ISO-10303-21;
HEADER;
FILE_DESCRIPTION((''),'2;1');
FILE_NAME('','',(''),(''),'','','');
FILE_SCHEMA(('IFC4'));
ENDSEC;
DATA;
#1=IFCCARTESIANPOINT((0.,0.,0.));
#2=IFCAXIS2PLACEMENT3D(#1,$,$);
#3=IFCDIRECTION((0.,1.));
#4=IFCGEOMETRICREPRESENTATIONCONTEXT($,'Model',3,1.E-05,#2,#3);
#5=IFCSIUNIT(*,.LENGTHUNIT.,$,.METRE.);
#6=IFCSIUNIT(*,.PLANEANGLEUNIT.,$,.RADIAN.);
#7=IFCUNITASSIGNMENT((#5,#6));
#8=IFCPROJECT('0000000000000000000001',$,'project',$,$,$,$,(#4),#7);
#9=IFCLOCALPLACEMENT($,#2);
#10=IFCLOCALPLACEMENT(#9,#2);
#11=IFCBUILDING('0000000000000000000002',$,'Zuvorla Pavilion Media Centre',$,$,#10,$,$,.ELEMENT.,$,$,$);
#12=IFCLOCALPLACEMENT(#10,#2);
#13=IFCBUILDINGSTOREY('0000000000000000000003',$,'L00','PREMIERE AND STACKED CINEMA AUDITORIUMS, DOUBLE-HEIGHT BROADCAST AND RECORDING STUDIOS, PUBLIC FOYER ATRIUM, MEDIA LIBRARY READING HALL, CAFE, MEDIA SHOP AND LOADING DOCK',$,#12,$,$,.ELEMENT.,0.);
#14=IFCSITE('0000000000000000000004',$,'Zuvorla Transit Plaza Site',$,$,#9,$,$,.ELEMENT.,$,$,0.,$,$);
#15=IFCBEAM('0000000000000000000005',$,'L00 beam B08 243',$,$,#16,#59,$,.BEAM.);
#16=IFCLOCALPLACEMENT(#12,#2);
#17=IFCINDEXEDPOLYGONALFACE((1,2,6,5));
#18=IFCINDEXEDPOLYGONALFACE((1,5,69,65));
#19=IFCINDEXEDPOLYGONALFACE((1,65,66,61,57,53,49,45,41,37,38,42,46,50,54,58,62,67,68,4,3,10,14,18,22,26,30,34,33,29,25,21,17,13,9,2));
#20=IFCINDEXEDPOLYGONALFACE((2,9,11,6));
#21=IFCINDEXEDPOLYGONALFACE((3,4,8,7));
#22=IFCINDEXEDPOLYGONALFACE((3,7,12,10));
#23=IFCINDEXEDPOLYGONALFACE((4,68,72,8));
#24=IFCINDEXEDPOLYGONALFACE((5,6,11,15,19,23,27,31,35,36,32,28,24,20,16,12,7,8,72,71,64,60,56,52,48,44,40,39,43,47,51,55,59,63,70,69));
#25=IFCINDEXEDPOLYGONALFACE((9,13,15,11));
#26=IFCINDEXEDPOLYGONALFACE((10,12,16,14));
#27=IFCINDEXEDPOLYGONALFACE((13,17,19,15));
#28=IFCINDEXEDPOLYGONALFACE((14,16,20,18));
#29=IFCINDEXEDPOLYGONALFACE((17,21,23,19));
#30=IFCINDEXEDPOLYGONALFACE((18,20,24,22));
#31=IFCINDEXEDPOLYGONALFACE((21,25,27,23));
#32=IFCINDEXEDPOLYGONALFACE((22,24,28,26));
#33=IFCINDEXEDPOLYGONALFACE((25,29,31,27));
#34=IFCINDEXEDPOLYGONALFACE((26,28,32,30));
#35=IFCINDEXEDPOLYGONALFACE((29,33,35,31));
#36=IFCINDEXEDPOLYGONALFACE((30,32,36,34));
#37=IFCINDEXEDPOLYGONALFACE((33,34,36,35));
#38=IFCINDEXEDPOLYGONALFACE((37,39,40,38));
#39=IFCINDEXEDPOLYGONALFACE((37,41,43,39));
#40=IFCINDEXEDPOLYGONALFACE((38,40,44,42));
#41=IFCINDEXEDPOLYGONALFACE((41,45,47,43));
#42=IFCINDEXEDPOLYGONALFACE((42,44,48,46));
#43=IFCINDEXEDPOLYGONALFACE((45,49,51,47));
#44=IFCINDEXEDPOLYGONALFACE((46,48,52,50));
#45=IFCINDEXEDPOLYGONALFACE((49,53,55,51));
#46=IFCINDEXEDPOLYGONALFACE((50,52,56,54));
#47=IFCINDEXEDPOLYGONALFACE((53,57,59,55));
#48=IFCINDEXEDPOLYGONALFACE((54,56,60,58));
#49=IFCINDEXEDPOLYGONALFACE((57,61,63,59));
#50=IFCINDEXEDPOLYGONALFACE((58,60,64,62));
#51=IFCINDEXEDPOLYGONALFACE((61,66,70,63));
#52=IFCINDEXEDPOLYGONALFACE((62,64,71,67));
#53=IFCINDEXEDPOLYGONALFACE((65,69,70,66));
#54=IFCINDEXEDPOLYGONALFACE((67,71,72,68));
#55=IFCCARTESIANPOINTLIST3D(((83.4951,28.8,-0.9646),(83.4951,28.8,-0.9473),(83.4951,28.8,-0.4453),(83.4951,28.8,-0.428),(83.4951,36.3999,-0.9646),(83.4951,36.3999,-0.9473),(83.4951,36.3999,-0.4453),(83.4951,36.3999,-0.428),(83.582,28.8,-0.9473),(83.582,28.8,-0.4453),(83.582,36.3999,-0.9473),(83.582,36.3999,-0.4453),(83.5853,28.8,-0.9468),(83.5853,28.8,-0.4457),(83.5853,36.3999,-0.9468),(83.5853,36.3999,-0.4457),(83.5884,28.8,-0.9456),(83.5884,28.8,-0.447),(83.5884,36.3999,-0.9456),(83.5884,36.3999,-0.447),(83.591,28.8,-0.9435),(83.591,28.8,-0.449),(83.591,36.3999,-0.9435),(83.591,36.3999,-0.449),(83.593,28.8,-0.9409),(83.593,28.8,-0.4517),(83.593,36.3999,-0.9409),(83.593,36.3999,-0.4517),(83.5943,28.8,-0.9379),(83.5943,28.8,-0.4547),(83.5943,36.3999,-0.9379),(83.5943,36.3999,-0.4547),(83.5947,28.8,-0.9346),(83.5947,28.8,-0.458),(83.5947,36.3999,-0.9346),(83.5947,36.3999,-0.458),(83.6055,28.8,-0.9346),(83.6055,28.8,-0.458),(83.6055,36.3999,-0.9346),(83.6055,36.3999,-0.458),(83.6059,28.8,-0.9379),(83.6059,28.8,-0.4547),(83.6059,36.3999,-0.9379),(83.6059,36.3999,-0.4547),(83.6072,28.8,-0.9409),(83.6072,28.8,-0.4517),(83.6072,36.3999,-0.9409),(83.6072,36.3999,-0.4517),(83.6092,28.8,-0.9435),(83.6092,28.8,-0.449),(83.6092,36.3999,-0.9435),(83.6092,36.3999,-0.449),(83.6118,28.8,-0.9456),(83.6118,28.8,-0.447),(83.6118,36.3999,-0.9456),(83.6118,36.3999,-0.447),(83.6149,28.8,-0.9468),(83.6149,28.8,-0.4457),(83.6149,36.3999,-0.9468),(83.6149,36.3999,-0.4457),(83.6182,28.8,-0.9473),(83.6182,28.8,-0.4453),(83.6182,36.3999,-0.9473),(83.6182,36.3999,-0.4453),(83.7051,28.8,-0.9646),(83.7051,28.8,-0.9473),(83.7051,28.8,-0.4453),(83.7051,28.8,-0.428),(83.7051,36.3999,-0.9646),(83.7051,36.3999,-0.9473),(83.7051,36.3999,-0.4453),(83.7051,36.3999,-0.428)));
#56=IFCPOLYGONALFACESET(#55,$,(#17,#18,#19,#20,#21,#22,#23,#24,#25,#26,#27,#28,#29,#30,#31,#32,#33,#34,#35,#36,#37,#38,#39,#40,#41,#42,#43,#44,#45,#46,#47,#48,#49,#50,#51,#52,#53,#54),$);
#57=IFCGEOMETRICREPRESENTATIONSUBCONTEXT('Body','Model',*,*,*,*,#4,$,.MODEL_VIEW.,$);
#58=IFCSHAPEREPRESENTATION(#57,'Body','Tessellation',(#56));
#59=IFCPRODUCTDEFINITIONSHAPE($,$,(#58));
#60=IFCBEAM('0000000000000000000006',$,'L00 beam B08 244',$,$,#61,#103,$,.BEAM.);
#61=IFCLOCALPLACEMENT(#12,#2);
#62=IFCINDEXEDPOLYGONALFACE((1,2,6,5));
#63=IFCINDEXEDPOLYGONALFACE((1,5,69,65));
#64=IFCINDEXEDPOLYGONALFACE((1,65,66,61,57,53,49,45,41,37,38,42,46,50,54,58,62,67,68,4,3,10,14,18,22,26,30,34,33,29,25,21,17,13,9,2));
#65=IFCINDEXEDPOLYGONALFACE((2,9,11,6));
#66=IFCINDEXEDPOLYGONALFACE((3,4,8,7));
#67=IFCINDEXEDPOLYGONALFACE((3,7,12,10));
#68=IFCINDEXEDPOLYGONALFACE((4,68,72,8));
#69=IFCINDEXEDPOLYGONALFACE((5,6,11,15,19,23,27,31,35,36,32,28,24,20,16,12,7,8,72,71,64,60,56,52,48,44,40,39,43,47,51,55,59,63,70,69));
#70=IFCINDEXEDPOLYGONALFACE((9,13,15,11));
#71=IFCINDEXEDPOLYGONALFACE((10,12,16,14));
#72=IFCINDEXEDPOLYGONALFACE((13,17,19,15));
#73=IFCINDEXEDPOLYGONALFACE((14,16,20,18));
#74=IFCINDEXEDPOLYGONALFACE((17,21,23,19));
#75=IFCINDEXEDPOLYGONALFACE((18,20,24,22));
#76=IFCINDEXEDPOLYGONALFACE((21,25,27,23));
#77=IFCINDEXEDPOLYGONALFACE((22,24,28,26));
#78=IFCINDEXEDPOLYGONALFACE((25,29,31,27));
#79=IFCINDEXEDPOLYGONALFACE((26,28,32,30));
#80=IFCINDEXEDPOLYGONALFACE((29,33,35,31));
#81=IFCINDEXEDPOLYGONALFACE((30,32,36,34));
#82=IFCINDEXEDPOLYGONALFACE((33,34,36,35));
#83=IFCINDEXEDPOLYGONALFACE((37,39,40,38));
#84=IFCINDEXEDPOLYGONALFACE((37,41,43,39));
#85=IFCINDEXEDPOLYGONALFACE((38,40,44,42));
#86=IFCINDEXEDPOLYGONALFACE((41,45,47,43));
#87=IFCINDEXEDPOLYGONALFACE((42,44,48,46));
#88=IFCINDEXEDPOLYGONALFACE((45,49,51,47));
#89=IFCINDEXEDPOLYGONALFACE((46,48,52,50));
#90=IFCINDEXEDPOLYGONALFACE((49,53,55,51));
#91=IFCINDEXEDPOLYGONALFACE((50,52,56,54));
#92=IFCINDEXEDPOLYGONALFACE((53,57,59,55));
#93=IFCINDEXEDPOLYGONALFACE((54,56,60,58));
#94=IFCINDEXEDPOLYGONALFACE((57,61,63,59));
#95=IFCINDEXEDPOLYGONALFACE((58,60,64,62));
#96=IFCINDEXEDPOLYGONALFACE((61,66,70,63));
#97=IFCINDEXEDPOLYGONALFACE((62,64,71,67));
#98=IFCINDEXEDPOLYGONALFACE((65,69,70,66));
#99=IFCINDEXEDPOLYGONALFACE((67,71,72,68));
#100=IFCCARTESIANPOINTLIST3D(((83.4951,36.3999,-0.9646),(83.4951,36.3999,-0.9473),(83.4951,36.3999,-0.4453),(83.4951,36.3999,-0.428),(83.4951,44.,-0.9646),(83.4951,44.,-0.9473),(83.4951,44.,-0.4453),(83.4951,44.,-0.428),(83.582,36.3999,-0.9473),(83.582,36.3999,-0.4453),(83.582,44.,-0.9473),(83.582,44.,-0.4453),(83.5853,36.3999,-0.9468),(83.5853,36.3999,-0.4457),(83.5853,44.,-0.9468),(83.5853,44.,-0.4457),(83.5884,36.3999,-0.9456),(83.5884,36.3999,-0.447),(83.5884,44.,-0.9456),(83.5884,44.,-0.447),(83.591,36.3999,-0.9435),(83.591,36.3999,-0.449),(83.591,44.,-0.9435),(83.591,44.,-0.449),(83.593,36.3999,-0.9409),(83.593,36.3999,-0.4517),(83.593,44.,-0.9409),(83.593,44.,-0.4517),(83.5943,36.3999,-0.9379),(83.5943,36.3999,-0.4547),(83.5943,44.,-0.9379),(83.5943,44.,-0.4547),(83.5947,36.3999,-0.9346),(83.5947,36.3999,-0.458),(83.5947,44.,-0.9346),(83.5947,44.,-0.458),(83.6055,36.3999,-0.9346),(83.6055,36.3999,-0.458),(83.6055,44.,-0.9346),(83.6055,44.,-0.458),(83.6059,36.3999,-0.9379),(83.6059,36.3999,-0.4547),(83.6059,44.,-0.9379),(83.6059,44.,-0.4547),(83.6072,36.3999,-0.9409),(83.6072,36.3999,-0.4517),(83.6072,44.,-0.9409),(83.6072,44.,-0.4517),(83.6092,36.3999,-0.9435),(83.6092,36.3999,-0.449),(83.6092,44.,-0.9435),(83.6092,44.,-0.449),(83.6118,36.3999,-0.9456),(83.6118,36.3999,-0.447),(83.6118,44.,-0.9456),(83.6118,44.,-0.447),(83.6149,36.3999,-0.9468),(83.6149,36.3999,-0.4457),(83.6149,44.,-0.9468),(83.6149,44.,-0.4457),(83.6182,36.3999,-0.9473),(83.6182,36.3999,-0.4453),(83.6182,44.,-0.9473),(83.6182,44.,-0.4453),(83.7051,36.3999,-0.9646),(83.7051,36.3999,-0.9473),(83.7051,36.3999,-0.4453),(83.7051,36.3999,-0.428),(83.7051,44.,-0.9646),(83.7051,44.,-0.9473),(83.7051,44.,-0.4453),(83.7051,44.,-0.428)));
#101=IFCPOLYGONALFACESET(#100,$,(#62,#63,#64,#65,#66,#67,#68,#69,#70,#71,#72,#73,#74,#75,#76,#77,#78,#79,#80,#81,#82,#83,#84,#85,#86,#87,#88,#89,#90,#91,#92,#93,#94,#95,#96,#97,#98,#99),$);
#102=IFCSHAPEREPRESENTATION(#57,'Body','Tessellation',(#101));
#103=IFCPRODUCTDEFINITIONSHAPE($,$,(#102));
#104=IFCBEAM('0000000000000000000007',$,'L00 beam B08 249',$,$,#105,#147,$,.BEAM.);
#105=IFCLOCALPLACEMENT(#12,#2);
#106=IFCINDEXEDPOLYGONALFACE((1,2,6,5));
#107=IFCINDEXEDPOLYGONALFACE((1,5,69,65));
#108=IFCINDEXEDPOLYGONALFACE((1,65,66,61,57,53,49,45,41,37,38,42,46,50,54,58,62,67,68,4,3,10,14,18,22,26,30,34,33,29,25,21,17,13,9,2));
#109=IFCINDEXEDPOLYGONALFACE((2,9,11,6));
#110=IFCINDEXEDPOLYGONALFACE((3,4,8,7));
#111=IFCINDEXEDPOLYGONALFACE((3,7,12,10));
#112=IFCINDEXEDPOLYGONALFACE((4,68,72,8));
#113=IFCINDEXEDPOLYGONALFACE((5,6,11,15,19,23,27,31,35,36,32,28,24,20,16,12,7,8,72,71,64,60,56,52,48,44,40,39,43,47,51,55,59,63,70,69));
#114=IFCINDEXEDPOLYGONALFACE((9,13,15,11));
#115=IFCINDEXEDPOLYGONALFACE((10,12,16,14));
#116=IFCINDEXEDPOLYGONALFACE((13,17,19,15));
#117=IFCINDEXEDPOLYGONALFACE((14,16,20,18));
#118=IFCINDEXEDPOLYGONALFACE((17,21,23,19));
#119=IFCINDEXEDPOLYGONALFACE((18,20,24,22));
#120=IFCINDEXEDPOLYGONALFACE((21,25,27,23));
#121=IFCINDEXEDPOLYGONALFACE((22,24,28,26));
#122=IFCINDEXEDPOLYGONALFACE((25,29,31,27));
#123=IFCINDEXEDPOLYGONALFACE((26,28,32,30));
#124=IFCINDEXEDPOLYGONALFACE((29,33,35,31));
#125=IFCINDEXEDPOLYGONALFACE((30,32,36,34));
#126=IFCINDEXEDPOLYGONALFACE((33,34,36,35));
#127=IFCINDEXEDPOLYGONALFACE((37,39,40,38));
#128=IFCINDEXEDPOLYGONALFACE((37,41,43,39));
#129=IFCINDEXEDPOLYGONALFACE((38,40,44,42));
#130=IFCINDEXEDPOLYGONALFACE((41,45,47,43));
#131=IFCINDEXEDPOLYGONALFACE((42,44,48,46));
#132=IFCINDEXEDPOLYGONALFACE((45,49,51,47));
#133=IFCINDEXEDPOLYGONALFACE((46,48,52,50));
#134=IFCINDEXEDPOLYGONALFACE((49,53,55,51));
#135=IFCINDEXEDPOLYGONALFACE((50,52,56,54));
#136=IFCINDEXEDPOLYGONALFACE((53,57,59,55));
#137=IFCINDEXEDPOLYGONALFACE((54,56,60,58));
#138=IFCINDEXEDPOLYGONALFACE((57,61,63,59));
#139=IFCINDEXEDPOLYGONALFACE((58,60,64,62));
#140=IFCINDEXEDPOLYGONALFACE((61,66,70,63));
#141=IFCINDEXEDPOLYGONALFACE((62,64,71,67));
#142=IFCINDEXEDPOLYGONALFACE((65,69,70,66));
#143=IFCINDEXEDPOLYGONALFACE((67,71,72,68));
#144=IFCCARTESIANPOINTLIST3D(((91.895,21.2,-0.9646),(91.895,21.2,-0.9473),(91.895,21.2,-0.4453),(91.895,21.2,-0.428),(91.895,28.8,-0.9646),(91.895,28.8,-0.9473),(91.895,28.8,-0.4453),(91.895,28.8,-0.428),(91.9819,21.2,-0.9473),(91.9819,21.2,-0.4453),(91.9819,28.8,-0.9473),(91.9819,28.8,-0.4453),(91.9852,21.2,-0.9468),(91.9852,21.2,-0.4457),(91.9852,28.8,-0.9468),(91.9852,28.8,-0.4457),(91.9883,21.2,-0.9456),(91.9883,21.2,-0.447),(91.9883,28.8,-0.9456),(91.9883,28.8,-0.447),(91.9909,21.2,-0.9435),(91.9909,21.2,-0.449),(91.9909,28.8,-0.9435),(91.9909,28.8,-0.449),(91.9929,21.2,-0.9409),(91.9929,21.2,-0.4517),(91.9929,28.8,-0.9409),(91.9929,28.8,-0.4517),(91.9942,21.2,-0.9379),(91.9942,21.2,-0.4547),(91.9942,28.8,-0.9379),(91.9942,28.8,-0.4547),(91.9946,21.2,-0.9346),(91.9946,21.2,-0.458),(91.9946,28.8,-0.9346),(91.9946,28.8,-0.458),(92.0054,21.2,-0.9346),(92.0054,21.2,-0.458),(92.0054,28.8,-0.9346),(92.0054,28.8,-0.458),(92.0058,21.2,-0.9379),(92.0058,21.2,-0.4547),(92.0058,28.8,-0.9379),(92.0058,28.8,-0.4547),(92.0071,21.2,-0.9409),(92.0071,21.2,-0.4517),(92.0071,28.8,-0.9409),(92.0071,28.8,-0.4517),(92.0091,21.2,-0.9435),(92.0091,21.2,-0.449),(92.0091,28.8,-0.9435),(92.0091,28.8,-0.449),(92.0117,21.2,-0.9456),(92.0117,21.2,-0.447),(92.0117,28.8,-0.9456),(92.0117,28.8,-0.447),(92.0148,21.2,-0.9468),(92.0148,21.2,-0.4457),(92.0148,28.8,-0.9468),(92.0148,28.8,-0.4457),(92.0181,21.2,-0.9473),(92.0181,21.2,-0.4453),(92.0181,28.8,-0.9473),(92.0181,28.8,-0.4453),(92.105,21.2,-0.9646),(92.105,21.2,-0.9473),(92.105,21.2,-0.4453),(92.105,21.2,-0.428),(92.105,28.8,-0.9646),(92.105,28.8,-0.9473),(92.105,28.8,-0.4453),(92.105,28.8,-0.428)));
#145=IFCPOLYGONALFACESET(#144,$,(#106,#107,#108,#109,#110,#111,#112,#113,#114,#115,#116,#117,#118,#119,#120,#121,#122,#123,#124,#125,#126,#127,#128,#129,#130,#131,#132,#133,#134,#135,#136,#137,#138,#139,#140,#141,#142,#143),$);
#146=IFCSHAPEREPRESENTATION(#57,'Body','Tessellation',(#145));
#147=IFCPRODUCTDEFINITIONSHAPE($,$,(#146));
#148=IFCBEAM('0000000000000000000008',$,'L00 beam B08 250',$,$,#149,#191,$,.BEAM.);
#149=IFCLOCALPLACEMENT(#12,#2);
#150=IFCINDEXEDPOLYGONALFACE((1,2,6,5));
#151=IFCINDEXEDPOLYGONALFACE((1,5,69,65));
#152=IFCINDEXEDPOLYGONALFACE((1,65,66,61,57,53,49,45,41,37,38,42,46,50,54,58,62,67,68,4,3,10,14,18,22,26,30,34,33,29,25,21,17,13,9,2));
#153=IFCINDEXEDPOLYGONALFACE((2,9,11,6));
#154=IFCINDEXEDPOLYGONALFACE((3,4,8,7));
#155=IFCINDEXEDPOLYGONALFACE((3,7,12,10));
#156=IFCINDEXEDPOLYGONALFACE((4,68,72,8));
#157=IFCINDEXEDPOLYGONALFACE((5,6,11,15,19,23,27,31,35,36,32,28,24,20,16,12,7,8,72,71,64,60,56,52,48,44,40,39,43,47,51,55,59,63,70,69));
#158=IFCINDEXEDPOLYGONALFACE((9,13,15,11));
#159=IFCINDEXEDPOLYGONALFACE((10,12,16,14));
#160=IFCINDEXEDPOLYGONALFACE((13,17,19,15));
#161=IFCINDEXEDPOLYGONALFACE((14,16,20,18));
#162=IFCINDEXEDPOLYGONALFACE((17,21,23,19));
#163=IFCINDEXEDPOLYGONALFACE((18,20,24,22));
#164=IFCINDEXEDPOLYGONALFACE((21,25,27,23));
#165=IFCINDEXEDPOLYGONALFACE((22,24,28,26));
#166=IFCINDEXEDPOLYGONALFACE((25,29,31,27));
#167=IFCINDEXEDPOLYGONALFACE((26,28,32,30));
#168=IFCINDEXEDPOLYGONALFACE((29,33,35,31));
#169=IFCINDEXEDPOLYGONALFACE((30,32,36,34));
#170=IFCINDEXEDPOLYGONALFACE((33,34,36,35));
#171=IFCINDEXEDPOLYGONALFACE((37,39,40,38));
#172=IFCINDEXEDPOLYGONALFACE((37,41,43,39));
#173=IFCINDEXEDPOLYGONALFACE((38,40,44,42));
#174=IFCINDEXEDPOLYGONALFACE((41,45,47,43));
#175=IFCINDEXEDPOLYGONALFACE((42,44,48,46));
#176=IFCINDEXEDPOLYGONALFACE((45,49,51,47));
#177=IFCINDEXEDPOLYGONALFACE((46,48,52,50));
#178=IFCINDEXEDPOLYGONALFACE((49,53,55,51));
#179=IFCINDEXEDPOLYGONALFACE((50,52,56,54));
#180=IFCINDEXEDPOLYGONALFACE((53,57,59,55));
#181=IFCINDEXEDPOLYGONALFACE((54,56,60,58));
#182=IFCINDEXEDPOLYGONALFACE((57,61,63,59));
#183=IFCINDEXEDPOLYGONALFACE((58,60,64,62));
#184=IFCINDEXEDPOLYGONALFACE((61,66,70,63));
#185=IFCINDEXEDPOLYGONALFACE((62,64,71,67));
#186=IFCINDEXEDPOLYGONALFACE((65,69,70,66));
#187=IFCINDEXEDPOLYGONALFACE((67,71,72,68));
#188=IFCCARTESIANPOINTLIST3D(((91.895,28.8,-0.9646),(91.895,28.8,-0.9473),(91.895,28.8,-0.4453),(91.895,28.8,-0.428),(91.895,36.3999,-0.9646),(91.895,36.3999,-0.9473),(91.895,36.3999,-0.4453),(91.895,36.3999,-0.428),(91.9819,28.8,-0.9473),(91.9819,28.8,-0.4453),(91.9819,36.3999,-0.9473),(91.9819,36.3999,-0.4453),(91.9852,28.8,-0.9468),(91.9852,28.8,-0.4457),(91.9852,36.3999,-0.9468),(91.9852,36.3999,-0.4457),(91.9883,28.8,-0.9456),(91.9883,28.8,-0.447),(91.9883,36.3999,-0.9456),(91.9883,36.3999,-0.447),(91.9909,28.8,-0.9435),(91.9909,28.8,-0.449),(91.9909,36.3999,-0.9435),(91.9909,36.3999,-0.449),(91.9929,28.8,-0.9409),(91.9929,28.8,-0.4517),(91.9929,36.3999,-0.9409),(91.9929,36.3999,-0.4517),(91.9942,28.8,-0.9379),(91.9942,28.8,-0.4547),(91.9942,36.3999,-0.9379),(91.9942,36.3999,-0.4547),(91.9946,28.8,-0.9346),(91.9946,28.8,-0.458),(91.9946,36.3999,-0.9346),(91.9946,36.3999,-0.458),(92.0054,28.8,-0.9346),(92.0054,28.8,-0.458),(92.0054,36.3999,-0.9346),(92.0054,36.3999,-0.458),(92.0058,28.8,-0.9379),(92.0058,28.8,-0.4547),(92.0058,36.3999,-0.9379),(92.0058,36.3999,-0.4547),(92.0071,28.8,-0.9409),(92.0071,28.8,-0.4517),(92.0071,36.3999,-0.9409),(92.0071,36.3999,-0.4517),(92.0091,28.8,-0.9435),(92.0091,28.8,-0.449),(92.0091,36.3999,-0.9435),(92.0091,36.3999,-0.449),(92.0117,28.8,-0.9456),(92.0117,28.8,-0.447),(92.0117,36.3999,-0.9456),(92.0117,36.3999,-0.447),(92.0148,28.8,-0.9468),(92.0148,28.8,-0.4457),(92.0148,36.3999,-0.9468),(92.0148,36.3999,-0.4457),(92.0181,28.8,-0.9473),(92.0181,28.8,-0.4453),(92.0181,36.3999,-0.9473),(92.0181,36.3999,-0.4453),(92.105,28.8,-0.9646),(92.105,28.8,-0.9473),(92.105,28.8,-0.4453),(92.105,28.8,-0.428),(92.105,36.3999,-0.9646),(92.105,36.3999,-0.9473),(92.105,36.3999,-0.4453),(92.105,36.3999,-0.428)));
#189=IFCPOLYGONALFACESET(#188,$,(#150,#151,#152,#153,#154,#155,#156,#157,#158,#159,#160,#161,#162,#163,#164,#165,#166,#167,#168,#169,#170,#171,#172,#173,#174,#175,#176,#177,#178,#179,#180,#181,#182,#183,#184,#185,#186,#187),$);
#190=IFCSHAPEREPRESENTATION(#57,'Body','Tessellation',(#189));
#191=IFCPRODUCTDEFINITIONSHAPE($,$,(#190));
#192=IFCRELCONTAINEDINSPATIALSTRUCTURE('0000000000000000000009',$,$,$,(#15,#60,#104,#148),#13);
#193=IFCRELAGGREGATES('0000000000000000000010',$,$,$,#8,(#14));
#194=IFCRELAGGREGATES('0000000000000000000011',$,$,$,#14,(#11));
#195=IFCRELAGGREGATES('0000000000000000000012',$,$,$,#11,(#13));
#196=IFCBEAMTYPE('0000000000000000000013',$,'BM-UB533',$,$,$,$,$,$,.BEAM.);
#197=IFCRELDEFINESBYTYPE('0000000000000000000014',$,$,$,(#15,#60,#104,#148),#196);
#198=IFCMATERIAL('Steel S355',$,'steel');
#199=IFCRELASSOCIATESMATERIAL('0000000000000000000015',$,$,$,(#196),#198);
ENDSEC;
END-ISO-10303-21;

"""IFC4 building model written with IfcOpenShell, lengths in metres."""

from ifc_helpers import new_model, si_unit, direction, frame, origin, origin_2d, place, context, subcontext, project, spatial, i_section, extrude, material, material_profile, profile_set, type_object, element, save


model = new_model("IFC4")

# Units and contexts
model_context = context("Model", 3, precision=1e-05, world=origin(), true_north=direction((0.0, 1.0)))
body_context = subcontext(model_context, "Body", "Model", "MODEL_VIEW")
ifc_project = project(units=[si_unit("LENGTHUNIT", "METRE"), si_unit("PLANEANGLEUNIT", "RADIAN")], contexts=[model_context])

# Site, building, storey
site_placement = place(None, origin())
site = spatial("IfcSite", under=ifc_project, at=site_placement, Name="Zuvorla Transit Plaza Site", CompositionType="ELEMENT", RefElevation=0.0)
building_placement = place(site_placement, origin())
building = spatial("IfcBuilding", under=site, at=building_placement, Name="Zuvorla Pavilion Media Centre", CompositionType="ELEMENT")
storey_placement = place(building_placement, origin())
storey = spatial("IfcBuildingStorey", under=building, at=storey_placement, Name="L00", Description="PREMIERE AND STACKED CINEMA AUDITORIUMS, DOUBLE-HEIGHT BROADCAST AND RECORDING STUDIOS, PUBLIC FOYER ATRIUM, MEDIA LIBRARY READING HALL, CAFE, MEDIA SHOP AND LOADING DOCK", CompositionType="ELEMENT", Elevation=0.0)

# Beams
ifc_material_1 = material(Name="Steel S355", Category="steel")
ifc_material_profile_1 = material_profile(ifc_material_1, i_section(OverallWidth=0.21, OverallDepth=0.5366, WebThickness=0.0107, FlangeThickness=0.0173, FilletRadius=0.0127, at=origin_2d()), Name="UB 533x210x101")
ifc_profile_set_1 = profile_set([ifc_material_profile_1], Name="Steel S355")
beam_type_1 = type_object("IfcBeamType", Name="BM-UB533", PredefinedType="BEAM", material=ifc_profile_set_1)
beam_1_placement = place(storey_placement, frame((83.6001, 28.8, -0.6963), z_axis=(0.0, 1.0, 0.0), x_axis=(-1.0, 0.0, 0.0)))
element("IfcBeam", 1, at=beam_1_placement, inside=storey, type_object=beam_type_1, Name="L00 beam B08 243", PredefinedType="BEAM", context=body_context, shape_type="SweptSolid", body=[
    extrude(i_section(OverallWidth=0.21, OverallDepth=0.5366, WebThickness=0.0107, FlangeThickness=0.0173, FilletRadius=0.0127, at=origin_2d()), origin(), (0.0, 0.0, 1.0), 7.5999),
])
for number, where, z_axis, x_axis, name in (
    (2, (83.6001, 36.3999, -0.6963), (0.0, 1.0, 0.0), (-1.0, 0.0, 0.0), "L00 beam B08 244"),
    (3, (92.0, 21.2, -0.6963), (0.0, 1.0, 0.0), (-1.0, 0.0, 0.0), "L00 beam B08 249"),
):
    element("IfcBeam", number, at=place(storey_placement, frame(where, z_axis=z_axis, x_axis=x_axis)), inside=storey, type_object=beam_type_1, Name=name, PredefinedType="BEAM", context=body_context, shape_type="SweptSolid", body=[
        extrude(i_section(OverallWidth=0.21, OverallDepth=0.5366, WebThickness=0.0107, FlangeThickness=0.0173, FilletRadius=0.0127, at=origin_2d()), origin(), (0.0, 0.0, 1.0), 7.6001),
    ])
beam_2_placement = place(storey_placement, frame((92.0, 28.8, -0.6963), z_axis=(0.0, 1.0, 0.0), x_axis=(-1.0, 0.0, 0.0)))
element("IfcBeam", 4, at=beam_2_placement, inside=storey, type_object=beam_type_1, Name="L00 beam B08 250", PredefinedType="BEAM", context=body_context, shape_type="SweptSolid", body=[
    extrude(i_section(OverallWidth=0.21, OverallDepth=0.5366, WebThickness=0.0107, FlangeThickness=0.0173, FilletRadius=0.0127, at=origin_2d()), origin(), (0.0, 0.0, 1.0), 7.5999),
])

save(model, "model.ifc")
